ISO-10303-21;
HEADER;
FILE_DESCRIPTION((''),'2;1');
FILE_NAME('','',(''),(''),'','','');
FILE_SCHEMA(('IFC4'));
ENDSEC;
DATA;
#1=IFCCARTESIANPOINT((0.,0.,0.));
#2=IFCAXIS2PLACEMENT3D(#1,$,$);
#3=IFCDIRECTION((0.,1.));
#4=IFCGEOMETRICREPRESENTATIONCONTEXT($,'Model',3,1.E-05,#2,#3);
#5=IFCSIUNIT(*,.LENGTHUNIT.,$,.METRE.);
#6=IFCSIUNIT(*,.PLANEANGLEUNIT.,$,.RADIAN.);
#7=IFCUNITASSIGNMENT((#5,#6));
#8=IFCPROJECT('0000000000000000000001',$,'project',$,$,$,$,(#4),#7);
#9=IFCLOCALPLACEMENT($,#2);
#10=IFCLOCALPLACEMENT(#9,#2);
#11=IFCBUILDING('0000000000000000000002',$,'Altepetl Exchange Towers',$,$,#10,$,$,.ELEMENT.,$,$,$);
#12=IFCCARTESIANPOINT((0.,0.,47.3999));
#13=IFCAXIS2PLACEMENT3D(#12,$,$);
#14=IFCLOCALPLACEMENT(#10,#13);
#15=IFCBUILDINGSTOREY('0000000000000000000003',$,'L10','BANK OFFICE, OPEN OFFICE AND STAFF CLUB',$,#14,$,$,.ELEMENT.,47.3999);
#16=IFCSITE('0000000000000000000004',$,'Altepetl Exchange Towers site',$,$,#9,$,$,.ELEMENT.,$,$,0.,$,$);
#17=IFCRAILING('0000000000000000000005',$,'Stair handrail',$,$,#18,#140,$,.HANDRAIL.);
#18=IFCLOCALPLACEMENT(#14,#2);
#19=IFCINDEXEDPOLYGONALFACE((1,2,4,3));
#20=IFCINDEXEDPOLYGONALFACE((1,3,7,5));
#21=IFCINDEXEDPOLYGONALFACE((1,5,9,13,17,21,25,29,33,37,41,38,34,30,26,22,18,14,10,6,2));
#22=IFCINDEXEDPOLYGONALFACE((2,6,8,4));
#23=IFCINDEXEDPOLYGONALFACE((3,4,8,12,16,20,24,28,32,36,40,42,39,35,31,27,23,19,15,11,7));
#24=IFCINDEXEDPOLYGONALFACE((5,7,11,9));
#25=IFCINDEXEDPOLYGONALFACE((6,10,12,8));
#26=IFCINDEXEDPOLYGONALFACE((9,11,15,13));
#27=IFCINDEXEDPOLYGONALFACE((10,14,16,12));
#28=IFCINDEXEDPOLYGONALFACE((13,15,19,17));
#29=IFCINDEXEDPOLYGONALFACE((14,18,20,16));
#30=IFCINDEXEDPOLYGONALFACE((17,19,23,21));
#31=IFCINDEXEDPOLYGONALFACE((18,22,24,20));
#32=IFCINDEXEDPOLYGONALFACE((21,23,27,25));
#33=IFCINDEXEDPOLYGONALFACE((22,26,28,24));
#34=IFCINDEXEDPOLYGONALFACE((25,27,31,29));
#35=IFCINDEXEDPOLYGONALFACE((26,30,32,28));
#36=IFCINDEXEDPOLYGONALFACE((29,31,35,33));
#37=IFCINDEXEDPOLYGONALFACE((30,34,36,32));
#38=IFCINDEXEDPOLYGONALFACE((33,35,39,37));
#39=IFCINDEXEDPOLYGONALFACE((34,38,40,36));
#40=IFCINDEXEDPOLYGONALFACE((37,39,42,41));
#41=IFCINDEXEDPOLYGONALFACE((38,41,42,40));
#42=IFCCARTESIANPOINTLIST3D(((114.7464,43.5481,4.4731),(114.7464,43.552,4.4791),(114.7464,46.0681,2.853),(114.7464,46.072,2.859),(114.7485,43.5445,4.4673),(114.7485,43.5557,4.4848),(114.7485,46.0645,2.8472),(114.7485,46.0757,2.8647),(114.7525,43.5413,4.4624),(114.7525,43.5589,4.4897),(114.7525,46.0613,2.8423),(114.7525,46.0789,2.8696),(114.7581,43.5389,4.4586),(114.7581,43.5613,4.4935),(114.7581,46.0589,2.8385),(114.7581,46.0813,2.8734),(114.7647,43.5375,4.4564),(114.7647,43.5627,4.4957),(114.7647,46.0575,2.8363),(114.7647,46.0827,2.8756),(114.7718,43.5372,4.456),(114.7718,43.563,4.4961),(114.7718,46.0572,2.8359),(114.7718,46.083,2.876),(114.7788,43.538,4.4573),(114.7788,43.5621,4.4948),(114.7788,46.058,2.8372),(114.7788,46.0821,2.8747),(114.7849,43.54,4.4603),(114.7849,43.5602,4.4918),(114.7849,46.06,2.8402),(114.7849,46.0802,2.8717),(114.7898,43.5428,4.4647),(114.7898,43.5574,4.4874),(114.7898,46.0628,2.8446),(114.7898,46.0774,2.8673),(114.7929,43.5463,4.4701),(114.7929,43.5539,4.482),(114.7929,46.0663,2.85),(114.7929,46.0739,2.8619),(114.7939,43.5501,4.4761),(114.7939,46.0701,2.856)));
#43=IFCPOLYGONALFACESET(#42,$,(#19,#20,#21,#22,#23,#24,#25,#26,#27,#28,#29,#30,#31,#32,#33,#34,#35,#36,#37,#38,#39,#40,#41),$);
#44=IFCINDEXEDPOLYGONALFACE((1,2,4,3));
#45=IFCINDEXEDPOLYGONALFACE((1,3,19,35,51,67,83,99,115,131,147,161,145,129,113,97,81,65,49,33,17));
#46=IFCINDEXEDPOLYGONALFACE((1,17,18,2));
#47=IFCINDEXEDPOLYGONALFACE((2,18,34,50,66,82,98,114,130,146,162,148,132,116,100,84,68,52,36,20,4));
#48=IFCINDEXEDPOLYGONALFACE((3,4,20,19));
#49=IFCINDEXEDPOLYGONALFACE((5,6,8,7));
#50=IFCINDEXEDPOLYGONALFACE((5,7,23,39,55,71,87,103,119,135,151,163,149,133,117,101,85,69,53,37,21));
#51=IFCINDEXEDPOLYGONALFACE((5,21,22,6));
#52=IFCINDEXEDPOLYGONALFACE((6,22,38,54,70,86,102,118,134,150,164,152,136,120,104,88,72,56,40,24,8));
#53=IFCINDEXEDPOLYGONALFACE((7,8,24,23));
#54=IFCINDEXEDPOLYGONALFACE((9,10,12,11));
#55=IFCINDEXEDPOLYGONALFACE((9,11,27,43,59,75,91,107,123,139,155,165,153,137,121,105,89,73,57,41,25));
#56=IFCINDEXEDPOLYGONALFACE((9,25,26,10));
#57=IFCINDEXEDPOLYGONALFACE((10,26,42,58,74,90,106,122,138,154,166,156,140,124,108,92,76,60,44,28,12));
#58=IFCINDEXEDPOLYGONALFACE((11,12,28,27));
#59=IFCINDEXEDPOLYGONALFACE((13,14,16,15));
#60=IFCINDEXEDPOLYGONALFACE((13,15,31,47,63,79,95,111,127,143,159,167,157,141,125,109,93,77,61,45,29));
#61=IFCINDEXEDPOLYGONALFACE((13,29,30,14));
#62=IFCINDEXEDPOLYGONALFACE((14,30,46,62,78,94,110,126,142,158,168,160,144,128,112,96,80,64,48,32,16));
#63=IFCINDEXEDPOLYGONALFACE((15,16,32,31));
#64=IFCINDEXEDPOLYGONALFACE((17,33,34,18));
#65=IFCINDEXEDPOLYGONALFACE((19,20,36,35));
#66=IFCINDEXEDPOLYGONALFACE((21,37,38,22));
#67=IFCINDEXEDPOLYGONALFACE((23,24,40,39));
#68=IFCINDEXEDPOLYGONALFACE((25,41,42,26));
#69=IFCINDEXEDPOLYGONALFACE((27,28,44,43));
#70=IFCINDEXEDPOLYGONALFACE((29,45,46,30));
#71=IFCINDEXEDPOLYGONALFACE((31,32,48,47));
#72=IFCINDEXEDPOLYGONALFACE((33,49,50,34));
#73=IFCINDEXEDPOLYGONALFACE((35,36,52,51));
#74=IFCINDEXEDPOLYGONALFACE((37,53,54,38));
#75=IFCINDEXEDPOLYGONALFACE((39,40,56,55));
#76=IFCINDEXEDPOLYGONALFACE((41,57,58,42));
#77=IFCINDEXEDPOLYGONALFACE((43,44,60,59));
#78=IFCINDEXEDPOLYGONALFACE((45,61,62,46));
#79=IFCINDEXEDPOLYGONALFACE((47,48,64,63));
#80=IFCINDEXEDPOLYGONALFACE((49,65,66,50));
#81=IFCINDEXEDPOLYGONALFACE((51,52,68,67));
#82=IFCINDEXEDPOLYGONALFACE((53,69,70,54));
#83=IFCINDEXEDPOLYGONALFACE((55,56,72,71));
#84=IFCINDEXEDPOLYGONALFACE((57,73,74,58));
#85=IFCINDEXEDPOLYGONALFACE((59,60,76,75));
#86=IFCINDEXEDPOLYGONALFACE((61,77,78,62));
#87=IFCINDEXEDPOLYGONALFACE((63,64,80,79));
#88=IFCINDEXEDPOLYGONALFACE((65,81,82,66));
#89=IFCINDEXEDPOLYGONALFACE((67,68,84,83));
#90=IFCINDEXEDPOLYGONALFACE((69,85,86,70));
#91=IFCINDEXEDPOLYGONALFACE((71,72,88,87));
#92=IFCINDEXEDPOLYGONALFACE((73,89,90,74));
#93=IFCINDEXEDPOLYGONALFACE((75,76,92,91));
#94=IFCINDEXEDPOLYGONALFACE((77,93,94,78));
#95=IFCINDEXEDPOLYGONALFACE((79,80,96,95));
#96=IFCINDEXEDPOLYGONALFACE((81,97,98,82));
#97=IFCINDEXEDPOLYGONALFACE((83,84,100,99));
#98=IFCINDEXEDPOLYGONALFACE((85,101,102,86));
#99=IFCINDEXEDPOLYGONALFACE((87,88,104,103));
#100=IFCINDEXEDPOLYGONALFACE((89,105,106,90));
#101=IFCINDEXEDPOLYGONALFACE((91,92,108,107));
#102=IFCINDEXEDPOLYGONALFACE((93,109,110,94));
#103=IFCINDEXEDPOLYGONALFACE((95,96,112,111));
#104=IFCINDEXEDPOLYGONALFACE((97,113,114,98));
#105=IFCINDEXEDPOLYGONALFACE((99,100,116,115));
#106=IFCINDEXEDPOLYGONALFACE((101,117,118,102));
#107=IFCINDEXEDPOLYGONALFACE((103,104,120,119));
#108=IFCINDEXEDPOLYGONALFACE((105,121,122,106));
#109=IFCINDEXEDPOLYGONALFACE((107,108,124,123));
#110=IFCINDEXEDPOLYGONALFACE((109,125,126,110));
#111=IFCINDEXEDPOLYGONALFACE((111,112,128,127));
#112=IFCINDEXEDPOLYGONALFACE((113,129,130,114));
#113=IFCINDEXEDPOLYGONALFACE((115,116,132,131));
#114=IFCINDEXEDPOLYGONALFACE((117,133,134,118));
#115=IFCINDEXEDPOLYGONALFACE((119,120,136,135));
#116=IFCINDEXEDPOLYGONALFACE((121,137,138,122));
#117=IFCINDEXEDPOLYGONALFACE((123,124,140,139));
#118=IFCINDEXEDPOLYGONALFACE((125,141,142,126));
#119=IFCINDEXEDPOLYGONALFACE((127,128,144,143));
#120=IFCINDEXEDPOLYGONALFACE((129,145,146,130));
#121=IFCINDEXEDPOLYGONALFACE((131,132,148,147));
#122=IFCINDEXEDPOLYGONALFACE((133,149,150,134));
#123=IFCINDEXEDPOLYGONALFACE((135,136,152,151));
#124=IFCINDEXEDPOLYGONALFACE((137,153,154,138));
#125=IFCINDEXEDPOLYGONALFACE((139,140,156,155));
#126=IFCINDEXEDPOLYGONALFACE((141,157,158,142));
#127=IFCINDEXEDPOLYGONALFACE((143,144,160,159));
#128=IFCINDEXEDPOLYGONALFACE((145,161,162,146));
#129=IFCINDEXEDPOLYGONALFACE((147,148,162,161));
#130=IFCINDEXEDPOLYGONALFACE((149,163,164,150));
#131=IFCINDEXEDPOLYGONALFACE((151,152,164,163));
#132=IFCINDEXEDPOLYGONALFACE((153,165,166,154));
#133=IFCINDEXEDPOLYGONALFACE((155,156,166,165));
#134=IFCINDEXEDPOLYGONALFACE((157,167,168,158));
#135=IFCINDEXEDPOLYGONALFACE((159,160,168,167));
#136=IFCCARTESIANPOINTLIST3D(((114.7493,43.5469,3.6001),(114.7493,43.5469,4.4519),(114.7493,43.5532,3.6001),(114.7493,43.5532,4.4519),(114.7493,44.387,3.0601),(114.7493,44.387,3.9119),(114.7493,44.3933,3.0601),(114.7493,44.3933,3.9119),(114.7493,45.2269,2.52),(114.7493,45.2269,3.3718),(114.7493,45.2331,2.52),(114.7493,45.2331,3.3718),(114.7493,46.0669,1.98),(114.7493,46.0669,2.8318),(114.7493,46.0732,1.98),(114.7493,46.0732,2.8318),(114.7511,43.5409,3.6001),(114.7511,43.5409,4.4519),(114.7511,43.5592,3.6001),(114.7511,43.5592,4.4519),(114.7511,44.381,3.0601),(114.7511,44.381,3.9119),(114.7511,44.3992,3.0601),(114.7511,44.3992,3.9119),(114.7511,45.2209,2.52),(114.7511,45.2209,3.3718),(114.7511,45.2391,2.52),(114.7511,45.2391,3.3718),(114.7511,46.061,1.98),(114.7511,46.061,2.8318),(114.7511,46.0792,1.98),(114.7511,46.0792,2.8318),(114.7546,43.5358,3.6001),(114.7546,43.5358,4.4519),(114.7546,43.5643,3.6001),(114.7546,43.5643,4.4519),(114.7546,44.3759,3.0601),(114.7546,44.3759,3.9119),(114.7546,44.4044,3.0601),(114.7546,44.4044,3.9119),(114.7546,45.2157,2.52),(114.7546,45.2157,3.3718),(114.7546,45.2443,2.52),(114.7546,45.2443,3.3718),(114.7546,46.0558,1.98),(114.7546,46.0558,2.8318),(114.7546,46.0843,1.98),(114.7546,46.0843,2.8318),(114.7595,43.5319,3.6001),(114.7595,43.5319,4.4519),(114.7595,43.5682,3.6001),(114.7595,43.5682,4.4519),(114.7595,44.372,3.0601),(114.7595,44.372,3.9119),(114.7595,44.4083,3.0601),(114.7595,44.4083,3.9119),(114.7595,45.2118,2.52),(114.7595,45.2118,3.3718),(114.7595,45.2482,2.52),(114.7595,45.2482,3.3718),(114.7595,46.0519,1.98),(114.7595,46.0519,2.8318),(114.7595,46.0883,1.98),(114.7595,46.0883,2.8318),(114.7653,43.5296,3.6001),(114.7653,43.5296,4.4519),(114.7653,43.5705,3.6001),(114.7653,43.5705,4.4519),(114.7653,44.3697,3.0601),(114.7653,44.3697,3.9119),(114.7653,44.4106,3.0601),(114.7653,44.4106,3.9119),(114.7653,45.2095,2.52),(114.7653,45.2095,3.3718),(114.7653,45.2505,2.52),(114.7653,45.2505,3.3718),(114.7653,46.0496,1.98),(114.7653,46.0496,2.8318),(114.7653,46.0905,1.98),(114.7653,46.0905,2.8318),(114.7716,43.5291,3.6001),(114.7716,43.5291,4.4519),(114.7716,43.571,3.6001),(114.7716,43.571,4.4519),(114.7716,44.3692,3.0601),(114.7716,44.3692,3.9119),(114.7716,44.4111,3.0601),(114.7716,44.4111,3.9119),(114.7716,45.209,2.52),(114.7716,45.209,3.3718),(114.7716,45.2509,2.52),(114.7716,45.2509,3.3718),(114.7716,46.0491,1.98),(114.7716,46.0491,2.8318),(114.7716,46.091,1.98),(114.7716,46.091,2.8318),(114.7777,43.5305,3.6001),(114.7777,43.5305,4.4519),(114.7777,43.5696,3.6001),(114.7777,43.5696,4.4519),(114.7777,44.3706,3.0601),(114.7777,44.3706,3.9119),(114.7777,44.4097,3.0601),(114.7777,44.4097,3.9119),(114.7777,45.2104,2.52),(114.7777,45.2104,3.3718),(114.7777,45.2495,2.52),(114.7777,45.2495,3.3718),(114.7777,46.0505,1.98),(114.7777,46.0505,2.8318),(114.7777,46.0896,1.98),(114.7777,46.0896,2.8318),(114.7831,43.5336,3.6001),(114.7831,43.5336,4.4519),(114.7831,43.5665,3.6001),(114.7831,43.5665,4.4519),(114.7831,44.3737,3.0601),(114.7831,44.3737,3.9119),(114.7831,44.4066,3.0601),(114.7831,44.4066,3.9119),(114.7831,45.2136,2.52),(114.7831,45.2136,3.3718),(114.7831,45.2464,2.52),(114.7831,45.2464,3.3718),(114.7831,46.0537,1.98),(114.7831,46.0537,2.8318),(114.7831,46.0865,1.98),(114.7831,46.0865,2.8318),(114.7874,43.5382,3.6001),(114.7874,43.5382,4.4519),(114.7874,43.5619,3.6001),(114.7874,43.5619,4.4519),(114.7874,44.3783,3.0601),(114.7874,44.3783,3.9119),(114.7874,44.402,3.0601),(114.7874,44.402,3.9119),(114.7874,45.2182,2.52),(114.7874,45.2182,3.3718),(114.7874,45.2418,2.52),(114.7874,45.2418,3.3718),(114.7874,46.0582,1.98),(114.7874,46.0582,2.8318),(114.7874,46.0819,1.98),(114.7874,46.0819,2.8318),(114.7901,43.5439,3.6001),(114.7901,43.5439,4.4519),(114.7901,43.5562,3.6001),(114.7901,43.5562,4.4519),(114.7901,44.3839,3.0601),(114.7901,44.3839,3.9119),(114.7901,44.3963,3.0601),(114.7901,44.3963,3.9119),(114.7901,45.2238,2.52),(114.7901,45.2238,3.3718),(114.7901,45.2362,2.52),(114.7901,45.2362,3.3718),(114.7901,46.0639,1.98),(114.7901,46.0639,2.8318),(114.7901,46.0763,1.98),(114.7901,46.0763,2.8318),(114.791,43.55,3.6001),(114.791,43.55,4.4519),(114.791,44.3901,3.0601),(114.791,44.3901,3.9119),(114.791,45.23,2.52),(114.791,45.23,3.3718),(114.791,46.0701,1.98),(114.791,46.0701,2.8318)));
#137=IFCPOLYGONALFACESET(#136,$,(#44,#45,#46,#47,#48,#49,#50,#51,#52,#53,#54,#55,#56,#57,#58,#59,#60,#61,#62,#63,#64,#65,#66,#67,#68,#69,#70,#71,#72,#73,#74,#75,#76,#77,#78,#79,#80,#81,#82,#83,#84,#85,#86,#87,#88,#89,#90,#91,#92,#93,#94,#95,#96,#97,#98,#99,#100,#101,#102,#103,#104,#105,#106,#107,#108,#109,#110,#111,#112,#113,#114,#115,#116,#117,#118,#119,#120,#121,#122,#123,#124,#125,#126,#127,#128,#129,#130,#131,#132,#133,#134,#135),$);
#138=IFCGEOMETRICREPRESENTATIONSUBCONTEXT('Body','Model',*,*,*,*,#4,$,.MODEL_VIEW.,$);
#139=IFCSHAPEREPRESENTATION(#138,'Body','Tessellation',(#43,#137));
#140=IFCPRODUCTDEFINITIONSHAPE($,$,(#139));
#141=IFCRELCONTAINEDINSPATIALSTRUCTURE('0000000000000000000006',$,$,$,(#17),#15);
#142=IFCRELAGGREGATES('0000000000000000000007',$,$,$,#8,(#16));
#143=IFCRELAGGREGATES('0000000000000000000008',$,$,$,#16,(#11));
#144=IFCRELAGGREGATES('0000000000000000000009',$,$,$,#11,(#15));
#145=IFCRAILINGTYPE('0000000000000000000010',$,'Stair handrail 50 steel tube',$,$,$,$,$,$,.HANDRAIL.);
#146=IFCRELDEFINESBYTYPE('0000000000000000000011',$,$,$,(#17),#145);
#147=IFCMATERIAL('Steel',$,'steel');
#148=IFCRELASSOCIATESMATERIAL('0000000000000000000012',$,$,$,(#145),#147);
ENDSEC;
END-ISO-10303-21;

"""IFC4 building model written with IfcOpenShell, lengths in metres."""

from ifc_helpers import new_model, si_unit, direction, frame, origin, origin_2d, place, context, subcontext, project, spatial, circle, extrude, source, transform, mapped, material, type_object, element, save


model = new_model("IFC4")

# Units and contexts
model_context = context("Model", 3, precision=1e-05, world=origin(), true_north=direction((0.0, 1.0)))
body_context = subcontext(model_context, "Body", "Model", "MODEL_VIEW")
ifc_project = project(units=[si_unit("LENGTHUNIT", "METRE"), si_unit("PLANEANGLEUNIT", "RADIAN")], contexts=[model_context])

# Site, building, storey
site_placement = place(None, origin())
site = spatial("IfcSite", under=ifc_project, at=site_placement, Name="Altepetl Exchange Towers site", CompositionType="ELEMENT", RefElevation=0.0)
building_placement = place(site_placement, origin())
building = spatial("IfcBuilding", under=site, at=building_placement, Name="Altepetl Exchange Towers", CompositionType="ELEMENT")
storey_placement = place(building_placement, frame((0.0, 0.0, 47.3999)))
storey = spatial("IfcBuildingStorey", under=building, at=storey_placement, Name="L10", Description="BANK OFFICE, OPEN OFFICE AND STAFF CLUB", CompositionType="ELEMENT", Elevation=47.3999)

# Railing
ifc_material_1 = material(Name="Steel", Category="steel")
railing_type = type_object("IfcRailingType", Name="Stair handrail 50 steel tube", PredefinedType="HANDRAIL", material=ifc_material_1)
shared_shape = source(origin(), body_context, "Body", "SweptSolid", [
    extrude(circle(Radius=0.021, at=origin_2d()), origin(), (0.0, 0.0, 1.0), 0.8518),
])
railing_1_placement = place(storey_placement, frame((114.77, 46.0701, 1.98)))
element("IfcRailing", 1, at=railing_1_placement, inside=storey, type_object=railing_type, Name="Stair handrail", PredefinedType="HANDRAIL", context=body_context, shape_type="SweptSolid", body=[
    extrude(circle(Radius=0.0239, at=origin_2d()), frame((0.0, 0.0, 0.876), z_axis=(0.0, -0.841163, 0.540782), x_axis=(1.0, 0.0, 0.0)), (0.0, 0.0, 1.0), 2.9958),
    mapped(shared_shape, transform((0.0, 0.0, 0.0))),
    mapped(shared_shape, transform((0.0, -0.8401, 0.54))),
    mapped(shared_shape, transform((0.0, -1.6799, 1.0801))),
    mapped(shared_shape, transform((0.0, -2.52, 1.6201))),
])

save(model, "model.ifc")
